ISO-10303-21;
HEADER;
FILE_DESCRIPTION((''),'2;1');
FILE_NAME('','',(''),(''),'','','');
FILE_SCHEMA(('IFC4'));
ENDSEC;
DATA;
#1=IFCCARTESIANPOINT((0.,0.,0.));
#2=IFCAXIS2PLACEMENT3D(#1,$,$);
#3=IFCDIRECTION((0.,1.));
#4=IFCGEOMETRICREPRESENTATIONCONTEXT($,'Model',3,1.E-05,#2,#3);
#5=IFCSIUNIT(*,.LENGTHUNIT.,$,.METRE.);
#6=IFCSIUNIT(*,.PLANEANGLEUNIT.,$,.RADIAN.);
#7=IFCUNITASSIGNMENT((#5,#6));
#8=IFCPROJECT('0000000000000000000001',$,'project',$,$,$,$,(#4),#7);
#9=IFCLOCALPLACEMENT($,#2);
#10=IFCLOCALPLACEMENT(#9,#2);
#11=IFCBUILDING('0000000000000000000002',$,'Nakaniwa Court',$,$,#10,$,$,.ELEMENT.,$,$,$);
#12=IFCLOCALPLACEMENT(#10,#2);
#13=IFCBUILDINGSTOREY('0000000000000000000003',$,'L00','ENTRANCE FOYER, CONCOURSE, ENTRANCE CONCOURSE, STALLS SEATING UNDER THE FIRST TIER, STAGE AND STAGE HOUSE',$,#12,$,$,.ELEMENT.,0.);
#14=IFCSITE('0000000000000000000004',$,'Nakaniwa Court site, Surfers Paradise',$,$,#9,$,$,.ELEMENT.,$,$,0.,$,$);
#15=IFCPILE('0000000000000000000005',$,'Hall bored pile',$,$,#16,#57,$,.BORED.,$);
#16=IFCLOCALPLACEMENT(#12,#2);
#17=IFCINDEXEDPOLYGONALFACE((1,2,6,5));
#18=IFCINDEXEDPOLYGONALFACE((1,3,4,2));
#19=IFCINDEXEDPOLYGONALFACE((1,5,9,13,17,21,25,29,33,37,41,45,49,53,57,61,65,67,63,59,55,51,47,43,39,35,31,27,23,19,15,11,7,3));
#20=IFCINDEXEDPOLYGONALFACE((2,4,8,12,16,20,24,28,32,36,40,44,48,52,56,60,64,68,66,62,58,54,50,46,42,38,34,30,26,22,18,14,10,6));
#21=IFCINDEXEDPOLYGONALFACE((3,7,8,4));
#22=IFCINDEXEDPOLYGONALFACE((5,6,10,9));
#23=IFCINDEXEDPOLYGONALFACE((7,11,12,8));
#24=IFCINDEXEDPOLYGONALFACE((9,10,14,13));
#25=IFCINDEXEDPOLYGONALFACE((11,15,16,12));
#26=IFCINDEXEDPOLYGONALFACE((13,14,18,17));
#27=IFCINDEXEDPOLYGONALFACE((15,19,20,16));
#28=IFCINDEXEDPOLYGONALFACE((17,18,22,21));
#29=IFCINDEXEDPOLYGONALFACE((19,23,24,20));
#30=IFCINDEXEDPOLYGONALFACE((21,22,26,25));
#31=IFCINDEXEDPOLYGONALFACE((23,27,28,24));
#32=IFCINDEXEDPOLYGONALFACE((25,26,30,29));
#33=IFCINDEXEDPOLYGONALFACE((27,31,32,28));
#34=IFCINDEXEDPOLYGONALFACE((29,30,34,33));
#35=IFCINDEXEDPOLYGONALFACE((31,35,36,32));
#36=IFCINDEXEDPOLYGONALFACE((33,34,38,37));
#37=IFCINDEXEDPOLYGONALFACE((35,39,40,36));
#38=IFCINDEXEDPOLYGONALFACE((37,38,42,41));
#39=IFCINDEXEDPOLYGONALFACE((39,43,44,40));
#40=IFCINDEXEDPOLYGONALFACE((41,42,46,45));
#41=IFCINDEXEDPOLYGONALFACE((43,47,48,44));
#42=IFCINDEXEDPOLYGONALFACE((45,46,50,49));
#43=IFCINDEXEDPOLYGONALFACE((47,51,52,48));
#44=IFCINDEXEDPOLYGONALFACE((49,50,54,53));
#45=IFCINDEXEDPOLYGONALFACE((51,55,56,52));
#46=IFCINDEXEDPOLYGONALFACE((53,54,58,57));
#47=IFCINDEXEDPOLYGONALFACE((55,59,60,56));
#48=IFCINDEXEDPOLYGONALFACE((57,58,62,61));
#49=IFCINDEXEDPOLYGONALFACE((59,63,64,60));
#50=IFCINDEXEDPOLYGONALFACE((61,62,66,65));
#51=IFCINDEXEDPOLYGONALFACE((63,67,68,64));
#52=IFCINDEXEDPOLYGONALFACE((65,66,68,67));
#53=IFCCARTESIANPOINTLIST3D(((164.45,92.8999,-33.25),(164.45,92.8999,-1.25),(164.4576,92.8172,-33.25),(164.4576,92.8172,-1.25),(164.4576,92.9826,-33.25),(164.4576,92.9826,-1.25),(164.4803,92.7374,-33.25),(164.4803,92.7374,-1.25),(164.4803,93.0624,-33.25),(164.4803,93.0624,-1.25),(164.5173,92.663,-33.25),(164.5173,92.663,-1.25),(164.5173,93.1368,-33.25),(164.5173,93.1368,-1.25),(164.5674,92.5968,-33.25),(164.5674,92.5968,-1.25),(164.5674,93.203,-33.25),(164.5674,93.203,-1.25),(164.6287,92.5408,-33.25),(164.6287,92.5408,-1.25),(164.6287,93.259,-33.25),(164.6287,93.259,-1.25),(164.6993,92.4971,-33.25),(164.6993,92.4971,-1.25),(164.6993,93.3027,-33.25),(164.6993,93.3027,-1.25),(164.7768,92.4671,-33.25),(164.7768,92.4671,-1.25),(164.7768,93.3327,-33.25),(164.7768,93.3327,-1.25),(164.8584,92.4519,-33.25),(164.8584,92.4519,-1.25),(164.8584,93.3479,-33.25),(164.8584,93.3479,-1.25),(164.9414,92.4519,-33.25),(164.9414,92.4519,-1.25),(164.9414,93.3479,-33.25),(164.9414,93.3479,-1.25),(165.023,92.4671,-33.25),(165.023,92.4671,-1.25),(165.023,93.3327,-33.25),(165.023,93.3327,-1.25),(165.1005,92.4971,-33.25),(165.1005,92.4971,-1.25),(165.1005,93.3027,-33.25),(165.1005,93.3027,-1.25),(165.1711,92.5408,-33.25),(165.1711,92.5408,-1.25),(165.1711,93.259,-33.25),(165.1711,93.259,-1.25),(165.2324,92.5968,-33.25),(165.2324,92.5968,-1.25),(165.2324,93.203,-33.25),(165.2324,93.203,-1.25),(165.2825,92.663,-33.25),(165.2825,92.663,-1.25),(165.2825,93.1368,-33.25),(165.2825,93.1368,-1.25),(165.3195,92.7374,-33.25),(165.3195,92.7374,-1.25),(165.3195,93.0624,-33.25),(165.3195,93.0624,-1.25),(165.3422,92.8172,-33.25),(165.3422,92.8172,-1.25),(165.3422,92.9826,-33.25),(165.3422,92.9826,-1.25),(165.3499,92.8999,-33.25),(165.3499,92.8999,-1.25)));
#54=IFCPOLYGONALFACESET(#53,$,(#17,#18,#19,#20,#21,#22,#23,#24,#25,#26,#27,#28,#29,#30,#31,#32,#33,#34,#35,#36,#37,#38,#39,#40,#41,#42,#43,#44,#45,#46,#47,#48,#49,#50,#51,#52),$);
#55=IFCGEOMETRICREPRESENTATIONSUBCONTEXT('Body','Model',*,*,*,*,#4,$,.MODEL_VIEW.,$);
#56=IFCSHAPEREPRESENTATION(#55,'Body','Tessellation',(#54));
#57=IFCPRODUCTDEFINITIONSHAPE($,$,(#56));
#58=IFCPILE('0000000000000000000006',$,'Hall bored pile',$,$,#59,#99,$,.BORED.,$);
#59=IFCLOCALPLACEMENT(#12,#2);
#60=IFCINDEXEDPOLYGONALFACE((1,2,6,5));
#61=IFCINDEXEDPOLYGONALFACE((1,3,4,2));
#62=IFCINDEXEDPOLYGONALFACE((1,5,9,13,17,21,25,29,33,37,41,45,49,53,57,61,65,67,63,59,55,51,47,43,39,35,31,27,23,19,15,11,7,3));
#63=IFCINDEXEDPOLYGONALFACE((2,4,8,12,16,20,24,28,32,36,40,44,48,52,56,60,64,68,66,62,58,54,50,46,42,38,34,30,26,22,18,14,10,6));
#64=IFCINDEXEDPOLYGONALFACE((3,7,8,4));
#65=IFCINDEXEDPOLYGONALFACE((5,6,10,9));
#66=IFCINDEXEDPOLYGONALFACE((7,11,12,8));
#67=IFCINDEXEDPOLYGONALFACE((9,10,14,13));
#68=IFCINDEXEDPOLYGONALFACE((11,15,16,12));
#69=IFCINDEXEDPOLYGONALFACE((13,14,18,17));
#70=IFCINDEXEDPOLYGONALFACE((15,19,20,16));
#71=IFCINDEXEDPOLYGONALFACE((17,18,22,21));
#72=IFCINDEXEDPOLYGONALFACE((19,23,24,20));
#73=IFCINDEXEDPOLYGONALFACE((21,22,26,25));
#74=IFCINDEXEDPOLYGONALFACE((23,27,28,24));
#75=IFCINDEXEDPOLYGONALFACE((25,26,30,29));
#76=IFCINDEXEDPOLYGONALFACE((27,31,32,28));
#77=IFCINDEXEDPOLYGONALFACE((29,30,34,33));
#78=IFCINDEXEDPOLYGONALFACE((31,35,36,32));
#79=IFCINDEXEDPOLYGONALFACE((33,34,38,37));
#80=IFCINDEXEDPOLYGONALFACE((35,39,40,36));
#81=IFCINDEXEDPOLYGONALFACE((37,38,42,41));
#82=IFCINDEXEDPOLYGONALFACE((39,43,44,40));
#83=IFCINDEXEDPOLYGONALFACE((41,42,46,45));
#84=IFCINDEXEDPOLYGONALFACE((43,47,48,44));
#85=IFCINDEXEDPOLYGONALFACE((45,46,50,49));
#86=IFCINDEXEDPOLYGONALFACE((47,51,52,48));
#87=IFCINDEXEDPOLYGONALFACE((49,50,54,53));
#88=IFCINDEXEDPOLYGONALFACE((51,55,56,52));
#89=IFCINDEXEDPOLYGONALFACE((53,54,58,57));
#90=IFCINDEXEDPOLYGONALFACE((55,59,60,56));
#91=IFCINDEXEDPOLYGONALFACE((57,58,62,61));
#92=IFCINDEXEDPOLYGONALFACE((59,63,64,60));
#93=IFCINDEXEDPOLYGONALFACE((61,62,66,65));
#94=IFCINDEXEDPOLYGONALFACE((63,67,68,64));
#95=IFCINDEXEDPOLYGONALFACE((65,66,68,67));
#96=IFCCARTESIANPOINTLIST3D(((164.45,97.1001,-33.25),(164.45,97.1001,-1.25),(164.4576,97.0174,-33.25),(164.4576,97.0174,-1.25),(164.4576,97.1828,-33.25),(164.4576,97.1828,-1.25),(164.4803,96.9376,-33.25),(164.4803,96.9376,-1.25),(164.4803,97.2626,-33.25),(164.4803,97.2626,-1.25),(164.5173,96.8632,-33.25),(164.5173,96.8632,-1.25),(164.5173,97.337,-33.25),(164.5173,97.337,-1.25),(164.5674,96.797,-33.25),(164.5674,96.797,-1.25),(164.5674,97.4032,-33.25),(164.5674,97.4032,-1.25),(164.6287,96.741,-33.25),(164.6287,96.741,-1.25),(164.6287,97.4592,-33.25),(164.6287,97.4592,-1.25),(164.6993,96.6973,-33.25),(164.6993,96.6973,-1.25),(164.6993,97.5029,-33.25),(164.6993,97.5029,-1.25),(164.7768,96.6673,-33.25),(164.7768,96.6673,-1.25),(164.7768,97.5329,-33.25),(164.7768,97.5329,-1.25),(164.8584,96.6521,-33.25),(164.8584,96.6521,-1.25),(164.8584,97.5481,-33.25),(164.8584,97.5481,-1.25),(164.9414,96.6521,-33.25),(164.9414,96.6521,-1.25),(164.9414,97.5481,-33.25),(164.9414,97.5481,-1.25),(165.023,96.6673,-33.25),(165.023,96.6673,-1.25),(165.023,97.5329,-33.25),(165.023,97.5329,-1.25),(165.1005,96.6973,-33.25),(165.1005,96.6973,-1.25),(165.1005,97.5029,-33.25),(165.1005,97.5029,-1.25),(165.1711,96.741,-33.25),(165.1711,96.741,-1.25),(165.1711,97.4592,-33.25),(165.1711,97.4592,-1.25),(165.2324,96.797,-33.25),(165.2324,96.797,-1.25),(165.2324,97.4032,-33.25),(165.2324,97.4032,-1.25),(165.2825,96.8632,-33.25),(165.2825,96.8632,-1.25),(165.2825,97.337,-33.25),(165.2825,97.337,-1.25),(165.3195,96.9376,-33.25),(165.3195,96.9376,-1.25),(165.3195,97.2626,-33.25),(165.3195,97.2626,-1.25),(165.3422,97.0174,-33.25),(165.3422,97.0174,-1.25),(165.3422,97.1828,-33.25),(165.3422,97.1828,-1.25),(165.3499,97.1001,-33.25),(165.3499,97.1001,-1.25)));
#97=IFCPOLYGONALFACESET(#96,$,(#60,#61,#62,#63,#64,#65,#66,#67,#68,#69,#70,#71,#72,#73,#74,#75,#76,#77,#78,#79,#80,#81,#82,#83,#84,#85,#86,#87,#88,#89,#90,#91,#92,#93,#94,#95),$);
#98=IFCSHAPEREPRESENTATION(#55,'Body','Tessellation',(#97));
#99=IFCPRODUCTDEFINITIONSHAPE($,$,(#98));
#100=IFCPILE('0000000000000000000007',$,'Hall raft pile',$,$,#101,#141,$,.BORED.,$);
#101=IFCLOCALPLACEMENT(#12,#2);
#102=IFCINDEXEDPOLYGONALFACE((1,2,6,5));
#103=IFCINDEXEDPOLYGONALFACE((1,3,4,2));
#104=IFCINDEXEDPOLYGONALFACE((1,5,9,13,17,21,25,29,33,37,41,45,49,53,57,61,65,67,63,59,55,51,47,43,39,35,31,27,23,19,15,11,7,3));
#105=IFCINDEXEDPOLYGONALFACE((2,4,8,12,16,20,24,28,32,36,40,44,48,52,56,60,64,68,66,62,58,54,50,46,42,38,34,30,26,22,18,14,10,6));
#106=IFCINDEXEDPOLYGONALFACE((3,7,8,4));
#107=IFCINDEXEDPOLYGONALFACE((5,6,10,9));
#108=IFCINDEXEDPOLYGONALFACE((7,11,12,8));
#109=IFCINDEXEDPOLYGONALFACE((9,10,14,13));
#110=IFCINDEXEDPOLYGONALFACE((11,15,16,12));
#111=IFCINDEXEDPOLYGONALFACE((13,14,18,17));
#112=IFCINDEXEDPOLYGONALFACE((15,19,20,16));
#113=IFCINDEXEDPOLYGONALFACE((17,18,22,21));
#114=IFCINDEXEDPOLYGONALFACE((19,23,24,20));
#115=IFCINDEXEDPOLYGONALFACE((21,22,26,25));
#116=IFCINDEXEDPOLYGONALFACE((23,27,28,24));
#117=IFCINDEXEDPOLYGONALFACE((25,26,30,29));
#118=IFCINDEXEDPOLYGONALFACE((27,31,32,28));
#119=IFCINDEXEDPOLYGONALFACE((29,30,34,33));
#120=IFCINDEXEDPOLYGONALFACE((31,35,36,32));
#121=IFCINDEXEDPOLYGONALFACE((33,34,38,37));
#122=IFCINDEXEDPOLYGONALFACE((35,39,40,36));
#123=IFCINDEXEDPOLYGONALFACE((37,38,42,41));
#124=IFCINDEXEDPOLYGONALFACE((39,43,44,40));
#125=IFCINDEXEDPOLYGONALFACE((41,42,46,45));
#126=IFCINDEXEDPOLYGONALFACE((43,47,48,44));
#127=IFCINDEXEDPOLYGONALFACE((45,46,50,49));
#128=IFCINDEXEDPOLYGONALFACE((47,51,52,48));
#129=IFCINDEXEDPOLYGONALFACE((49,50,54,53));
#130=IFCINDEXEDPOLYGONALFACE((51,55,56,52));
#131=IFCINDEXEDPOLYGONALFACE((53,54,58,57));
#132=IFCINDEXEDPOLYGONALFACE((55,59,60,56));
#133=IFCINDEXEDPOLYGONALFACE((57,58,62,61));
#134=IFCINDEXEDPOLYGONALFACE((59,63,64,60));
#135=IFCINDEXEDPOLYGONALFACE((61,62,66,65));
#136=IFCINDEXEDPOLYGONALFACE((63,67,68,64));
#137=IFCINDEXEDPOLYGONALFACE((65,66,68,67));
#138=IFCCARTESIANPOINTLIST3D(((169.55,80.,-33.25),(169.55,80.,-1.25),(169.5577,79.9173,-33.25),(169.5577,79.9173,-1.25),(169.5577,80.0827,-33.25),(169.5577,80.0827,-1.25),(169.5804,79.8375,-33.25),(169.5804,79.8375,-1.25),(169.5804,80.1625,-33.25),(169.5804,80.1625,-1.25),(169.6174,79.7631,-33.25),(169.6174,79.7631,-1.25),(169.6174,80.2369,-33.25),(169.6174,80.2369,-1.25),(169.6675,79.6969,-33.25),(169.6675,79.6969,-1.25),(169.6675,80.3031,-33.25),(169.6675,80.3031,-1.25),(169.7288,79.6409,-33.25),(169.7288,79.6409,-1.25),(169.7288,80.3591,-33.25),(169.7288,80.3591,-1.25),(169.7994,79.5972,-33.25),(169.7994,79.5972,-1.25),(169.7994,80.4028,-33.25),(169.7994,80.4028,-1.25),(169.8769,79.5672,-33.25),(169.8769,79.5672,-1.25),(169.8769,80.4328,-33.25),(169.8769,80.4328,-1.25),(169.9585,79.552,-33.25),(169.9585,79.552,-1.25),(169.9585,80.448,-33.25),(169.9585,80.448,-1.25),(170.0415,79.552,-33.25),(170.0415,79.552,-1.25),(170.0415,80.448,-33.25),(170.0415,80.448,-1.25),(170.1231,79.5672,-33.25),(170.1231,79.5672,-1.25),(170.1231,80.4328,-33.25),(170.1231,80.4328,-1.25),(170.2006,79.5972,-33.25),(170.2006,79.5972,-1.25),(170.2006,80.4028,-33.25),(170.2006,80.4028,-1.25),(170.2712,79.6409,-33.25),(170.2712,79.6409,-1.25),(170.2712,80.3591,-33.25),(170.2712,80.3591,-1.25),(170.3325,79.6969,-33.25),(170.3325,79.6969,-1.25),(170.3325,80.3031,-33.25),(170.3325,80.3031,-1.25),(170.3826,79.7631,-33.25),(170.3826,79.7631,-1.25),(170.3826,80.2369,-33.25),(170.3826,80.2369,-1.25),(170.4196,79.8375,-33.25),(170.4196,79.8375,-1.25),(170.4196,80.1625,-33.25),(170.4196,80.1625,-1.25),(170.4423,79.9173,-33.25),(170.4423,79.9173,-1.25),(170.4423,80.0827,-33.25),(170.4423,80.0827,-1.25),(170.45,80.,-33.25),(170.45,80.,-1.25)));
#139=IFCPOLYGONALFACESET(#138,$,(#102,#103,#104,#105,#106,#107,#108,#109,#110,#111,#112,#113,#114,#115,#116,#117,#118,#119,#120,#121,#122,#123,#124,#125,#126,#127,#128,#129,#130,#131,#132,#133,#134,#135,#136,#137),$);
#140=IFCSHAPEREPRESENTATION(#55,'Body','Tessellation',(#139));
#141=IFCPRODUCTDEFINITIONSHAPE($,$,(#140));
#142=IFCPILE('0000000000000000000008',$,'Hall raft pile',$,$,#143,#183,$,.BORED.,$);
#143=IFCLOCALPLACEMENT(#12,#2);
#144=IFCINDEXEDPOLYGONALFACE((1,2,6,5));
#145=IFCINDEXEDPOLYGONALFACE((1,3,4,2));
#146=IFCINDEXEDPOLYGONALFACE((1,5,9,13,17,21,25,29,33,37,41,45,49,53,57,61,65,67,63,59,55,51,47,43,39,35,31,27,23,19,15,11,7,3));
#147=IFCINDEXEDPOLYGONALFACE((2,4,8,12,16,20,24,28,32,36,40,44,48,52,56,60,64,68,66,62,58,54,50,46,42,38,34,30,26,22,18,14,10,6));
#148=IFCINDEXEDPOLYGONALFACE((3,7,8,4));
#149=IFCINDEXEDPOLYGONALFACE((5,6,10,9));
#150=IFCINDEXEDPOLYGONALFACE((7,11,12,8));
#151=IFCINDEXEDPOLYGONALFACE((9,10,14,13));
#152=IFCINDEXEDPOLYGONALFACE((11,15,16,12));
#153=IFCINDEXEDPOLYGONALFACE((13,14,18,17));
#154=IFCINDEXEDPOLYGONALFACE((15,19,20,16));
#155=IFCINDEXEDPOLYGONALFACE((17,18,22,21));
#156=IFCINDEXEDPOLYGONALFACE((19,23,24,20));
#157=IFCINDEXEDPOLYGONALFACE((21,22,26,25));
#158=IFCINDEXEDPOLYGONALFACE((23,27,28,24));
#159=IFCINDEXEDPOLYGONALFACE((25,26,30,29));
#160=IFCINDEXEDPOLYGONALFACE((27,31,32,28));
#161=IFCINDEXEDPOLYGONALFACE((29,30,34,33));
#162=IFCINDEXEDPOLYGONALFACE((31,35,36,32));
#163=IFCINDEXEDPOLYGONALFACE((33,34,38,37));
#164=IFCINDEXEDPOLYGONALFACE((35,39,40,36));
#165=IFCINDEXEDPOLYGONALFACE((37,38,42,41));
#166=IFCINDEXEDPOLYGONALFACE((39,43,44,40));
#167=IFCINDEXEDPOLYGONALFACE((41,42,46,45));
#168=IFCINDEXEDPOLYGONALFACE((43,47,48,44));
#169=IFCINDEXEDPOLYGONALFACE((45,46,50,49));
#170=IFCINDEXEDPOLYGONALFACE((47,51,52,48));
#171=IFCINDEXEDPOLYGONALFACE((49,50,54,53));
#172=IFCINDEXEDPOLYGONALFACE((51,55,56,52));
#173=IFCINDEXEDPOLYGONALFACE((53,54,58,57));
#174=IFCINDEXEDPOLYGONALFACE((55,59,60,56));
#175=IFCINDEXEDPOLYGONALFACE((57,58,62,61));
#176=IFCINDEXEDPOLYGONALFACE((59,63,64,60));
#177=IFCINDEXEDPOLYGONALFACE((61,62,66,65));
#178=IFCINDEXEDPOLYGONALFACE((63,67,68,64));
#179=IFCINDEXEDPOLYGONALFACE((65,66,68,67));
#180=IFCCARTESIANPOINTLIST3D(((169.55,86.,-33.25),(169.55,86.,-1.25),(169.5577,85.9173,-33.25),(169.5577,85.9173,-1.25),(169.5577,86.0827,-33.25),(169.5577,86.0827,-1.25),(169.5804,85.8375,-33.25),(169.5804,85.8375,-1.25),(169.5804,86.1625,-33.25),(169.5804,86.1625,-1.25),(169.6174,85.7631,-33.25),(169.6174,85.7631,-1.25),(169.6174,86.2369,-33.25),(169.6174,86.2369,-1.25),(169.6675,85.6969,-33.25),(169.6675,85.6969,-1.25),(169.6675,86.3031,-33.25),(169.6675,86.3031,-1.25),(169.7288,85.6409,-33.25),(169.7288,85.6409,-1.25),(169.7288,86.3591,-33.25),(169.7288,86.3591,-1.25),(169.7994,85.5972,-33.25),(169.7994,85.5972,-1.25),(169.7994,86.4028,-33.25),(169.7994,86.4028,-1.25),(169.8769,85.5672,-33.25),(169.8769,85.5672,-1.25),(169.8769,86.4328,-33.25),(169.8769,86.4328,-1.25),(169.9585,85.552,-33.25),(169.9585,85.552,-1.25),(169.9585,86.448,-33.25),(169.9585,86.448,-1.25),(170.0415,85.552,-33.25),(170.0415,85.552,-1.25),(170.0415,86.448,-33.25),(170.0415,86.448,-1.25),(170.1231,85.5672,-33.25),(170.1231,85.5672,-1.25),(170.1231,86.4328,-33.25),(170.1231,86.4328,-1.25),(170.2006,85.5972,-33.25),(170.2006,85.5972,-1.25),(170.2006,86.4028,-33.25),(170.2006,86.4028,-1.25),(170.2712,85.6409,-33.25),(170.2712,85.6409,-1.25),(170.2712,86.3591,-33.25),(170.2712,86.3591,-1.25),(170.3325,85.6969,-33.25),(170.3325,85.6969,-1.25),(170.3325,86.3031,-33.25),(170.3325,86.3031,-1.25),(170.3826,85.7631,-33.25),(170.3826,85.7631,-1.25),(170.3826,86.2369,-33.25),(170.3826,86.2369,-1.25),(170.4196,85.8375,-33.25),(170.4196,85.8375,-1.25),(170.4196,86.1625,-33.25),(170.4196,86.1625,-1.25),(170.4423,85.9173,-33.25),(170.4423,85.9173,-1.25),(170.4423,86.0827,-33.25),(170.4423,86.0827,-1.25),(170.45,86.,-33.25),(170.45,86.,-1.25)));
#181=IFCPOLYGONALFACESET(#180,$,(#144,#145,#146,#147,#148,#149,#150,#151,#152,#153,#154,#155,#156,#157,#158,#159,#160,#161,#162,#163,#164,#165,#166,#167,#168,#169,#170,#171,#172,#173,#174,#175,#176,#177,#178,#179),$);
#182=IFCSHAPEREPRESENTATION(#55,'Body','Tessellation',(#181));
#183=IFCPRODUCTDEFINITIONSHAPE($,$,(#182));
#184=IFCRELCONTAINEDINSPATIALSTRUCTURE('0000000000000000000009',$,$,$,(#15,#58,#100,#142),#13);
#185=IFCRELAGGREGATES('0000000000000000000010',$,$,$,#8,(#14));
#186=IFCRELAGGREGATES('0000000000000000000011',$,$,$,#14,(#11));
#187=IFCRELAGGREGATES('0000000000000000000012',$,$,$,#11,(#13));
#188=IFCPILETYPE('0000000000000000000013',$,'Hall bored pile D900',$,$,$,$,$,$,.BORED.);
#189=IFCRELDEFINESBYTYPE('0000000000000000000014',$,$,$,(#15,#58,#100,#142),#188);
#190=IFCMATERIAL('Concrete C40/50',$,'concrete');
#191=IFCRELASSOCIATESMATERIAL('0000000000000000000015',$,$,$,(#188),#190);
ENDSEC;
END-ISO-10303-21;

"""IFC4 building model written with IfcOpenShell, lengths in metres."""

from ifc_helpers import new_model, si_unit, direction, frame, origin, origin_2d, place, context, subcontext, project, spatial, circle, extrude, material, material_profile, profile_set, type_object, element, save


model = new_model("IFC4")

# Units and contexts
model_context = context("Model", 3, precision=1e-05, world=origin(), true_north=direction((0.0, 1.0)))
body_context = subcontext(model_context, "Body", "Model", "MODEL_VIEW")
ifc_project = project(units=[si_unit("LENGTHUNIT", "METRE"), si_unit("PLANEANGLEUNIT", "RADIAN")], contexts=[model_context])

# Site, building, storey
site_placement = place(None, origin())
site = spatial("IfcSite", under=ifc_project, at=site_placement, Name="Nakaniwa Court site, Surfers Paradise", CompositionType="ELEMENT", RefElevation=0.0)
building_placement = place(site_placement, origin())
building = spatial("IfcBuilding", under=site, at=building_placement, Name="Nakaniwa Court", CompositionType="ELEMENT")
storey_placement = place(building_placement, origin())
storey = spatial("IfcBuildingStorey", under=building, at=storey_placement, Name="L00", Description="ENTRANCE FOYER, CONCOURSE, ENTRANCE CONCOURSE, STALLS SEATING UNDER THE FIRST TIER, STAGE AND STAGE HOUSE", CompositionType="ELEMENT", Elevation=0.0)

# Piles
ifc_material_1 = material(Name="Concrete C40/50", Category="concrete")
ifc_material_profile_1 = material_profile(ifc_material_1, circle(Radius=0.45, at=origin_2d()), Name="Bored pile D900")
ifc_profile_set_1 = profile_set([ifc_material_profile_1], Name="Concrete C40/50")
pile_type = type_object("IfcPileType", Name="Hall bored pile D900", PredefinedType="BORED", material=ifc_profile_set_1)
for number, where, z_axis, x_axis, name in (
    (1, (164.8999, 92.8999, -1.25), (0.0, 0.0, -1.0), (1.0, 0.0, 0.0), "Hall bored pile"),
    (2, (164.8999, 97.1001, -1.25), (0.0, 0.0, -1.0), (1.0, 0.0, 0.0), "Hall bored pile"),
    (3, (170.0, 80.0, -1.25), (0.0, 0.0, -1.0), (1.0, 0.0, 0.0), "Hall raft pile"),
    (4, (170.0, 86.0, -1.25), (0.0, 0.0, -1.0), (1.0, 0.0, 0.0), "Hall raft pile"),
):
    element("IfcPile", number, at=place(storey_placement, frame(where, z_axis=z_axis, x_axis=x_axis)), inside=storey, type_object=pile_type, Name=name, PredefinedType="BORED", context=body_context, shape_type="SweptSolid", body=[
        extrude(circle(Radius=0.45, at=origin_2d()), origin(), (0.0, 0.0, 1.0), 32.0),
    ])

save(model, "model.ifc")
